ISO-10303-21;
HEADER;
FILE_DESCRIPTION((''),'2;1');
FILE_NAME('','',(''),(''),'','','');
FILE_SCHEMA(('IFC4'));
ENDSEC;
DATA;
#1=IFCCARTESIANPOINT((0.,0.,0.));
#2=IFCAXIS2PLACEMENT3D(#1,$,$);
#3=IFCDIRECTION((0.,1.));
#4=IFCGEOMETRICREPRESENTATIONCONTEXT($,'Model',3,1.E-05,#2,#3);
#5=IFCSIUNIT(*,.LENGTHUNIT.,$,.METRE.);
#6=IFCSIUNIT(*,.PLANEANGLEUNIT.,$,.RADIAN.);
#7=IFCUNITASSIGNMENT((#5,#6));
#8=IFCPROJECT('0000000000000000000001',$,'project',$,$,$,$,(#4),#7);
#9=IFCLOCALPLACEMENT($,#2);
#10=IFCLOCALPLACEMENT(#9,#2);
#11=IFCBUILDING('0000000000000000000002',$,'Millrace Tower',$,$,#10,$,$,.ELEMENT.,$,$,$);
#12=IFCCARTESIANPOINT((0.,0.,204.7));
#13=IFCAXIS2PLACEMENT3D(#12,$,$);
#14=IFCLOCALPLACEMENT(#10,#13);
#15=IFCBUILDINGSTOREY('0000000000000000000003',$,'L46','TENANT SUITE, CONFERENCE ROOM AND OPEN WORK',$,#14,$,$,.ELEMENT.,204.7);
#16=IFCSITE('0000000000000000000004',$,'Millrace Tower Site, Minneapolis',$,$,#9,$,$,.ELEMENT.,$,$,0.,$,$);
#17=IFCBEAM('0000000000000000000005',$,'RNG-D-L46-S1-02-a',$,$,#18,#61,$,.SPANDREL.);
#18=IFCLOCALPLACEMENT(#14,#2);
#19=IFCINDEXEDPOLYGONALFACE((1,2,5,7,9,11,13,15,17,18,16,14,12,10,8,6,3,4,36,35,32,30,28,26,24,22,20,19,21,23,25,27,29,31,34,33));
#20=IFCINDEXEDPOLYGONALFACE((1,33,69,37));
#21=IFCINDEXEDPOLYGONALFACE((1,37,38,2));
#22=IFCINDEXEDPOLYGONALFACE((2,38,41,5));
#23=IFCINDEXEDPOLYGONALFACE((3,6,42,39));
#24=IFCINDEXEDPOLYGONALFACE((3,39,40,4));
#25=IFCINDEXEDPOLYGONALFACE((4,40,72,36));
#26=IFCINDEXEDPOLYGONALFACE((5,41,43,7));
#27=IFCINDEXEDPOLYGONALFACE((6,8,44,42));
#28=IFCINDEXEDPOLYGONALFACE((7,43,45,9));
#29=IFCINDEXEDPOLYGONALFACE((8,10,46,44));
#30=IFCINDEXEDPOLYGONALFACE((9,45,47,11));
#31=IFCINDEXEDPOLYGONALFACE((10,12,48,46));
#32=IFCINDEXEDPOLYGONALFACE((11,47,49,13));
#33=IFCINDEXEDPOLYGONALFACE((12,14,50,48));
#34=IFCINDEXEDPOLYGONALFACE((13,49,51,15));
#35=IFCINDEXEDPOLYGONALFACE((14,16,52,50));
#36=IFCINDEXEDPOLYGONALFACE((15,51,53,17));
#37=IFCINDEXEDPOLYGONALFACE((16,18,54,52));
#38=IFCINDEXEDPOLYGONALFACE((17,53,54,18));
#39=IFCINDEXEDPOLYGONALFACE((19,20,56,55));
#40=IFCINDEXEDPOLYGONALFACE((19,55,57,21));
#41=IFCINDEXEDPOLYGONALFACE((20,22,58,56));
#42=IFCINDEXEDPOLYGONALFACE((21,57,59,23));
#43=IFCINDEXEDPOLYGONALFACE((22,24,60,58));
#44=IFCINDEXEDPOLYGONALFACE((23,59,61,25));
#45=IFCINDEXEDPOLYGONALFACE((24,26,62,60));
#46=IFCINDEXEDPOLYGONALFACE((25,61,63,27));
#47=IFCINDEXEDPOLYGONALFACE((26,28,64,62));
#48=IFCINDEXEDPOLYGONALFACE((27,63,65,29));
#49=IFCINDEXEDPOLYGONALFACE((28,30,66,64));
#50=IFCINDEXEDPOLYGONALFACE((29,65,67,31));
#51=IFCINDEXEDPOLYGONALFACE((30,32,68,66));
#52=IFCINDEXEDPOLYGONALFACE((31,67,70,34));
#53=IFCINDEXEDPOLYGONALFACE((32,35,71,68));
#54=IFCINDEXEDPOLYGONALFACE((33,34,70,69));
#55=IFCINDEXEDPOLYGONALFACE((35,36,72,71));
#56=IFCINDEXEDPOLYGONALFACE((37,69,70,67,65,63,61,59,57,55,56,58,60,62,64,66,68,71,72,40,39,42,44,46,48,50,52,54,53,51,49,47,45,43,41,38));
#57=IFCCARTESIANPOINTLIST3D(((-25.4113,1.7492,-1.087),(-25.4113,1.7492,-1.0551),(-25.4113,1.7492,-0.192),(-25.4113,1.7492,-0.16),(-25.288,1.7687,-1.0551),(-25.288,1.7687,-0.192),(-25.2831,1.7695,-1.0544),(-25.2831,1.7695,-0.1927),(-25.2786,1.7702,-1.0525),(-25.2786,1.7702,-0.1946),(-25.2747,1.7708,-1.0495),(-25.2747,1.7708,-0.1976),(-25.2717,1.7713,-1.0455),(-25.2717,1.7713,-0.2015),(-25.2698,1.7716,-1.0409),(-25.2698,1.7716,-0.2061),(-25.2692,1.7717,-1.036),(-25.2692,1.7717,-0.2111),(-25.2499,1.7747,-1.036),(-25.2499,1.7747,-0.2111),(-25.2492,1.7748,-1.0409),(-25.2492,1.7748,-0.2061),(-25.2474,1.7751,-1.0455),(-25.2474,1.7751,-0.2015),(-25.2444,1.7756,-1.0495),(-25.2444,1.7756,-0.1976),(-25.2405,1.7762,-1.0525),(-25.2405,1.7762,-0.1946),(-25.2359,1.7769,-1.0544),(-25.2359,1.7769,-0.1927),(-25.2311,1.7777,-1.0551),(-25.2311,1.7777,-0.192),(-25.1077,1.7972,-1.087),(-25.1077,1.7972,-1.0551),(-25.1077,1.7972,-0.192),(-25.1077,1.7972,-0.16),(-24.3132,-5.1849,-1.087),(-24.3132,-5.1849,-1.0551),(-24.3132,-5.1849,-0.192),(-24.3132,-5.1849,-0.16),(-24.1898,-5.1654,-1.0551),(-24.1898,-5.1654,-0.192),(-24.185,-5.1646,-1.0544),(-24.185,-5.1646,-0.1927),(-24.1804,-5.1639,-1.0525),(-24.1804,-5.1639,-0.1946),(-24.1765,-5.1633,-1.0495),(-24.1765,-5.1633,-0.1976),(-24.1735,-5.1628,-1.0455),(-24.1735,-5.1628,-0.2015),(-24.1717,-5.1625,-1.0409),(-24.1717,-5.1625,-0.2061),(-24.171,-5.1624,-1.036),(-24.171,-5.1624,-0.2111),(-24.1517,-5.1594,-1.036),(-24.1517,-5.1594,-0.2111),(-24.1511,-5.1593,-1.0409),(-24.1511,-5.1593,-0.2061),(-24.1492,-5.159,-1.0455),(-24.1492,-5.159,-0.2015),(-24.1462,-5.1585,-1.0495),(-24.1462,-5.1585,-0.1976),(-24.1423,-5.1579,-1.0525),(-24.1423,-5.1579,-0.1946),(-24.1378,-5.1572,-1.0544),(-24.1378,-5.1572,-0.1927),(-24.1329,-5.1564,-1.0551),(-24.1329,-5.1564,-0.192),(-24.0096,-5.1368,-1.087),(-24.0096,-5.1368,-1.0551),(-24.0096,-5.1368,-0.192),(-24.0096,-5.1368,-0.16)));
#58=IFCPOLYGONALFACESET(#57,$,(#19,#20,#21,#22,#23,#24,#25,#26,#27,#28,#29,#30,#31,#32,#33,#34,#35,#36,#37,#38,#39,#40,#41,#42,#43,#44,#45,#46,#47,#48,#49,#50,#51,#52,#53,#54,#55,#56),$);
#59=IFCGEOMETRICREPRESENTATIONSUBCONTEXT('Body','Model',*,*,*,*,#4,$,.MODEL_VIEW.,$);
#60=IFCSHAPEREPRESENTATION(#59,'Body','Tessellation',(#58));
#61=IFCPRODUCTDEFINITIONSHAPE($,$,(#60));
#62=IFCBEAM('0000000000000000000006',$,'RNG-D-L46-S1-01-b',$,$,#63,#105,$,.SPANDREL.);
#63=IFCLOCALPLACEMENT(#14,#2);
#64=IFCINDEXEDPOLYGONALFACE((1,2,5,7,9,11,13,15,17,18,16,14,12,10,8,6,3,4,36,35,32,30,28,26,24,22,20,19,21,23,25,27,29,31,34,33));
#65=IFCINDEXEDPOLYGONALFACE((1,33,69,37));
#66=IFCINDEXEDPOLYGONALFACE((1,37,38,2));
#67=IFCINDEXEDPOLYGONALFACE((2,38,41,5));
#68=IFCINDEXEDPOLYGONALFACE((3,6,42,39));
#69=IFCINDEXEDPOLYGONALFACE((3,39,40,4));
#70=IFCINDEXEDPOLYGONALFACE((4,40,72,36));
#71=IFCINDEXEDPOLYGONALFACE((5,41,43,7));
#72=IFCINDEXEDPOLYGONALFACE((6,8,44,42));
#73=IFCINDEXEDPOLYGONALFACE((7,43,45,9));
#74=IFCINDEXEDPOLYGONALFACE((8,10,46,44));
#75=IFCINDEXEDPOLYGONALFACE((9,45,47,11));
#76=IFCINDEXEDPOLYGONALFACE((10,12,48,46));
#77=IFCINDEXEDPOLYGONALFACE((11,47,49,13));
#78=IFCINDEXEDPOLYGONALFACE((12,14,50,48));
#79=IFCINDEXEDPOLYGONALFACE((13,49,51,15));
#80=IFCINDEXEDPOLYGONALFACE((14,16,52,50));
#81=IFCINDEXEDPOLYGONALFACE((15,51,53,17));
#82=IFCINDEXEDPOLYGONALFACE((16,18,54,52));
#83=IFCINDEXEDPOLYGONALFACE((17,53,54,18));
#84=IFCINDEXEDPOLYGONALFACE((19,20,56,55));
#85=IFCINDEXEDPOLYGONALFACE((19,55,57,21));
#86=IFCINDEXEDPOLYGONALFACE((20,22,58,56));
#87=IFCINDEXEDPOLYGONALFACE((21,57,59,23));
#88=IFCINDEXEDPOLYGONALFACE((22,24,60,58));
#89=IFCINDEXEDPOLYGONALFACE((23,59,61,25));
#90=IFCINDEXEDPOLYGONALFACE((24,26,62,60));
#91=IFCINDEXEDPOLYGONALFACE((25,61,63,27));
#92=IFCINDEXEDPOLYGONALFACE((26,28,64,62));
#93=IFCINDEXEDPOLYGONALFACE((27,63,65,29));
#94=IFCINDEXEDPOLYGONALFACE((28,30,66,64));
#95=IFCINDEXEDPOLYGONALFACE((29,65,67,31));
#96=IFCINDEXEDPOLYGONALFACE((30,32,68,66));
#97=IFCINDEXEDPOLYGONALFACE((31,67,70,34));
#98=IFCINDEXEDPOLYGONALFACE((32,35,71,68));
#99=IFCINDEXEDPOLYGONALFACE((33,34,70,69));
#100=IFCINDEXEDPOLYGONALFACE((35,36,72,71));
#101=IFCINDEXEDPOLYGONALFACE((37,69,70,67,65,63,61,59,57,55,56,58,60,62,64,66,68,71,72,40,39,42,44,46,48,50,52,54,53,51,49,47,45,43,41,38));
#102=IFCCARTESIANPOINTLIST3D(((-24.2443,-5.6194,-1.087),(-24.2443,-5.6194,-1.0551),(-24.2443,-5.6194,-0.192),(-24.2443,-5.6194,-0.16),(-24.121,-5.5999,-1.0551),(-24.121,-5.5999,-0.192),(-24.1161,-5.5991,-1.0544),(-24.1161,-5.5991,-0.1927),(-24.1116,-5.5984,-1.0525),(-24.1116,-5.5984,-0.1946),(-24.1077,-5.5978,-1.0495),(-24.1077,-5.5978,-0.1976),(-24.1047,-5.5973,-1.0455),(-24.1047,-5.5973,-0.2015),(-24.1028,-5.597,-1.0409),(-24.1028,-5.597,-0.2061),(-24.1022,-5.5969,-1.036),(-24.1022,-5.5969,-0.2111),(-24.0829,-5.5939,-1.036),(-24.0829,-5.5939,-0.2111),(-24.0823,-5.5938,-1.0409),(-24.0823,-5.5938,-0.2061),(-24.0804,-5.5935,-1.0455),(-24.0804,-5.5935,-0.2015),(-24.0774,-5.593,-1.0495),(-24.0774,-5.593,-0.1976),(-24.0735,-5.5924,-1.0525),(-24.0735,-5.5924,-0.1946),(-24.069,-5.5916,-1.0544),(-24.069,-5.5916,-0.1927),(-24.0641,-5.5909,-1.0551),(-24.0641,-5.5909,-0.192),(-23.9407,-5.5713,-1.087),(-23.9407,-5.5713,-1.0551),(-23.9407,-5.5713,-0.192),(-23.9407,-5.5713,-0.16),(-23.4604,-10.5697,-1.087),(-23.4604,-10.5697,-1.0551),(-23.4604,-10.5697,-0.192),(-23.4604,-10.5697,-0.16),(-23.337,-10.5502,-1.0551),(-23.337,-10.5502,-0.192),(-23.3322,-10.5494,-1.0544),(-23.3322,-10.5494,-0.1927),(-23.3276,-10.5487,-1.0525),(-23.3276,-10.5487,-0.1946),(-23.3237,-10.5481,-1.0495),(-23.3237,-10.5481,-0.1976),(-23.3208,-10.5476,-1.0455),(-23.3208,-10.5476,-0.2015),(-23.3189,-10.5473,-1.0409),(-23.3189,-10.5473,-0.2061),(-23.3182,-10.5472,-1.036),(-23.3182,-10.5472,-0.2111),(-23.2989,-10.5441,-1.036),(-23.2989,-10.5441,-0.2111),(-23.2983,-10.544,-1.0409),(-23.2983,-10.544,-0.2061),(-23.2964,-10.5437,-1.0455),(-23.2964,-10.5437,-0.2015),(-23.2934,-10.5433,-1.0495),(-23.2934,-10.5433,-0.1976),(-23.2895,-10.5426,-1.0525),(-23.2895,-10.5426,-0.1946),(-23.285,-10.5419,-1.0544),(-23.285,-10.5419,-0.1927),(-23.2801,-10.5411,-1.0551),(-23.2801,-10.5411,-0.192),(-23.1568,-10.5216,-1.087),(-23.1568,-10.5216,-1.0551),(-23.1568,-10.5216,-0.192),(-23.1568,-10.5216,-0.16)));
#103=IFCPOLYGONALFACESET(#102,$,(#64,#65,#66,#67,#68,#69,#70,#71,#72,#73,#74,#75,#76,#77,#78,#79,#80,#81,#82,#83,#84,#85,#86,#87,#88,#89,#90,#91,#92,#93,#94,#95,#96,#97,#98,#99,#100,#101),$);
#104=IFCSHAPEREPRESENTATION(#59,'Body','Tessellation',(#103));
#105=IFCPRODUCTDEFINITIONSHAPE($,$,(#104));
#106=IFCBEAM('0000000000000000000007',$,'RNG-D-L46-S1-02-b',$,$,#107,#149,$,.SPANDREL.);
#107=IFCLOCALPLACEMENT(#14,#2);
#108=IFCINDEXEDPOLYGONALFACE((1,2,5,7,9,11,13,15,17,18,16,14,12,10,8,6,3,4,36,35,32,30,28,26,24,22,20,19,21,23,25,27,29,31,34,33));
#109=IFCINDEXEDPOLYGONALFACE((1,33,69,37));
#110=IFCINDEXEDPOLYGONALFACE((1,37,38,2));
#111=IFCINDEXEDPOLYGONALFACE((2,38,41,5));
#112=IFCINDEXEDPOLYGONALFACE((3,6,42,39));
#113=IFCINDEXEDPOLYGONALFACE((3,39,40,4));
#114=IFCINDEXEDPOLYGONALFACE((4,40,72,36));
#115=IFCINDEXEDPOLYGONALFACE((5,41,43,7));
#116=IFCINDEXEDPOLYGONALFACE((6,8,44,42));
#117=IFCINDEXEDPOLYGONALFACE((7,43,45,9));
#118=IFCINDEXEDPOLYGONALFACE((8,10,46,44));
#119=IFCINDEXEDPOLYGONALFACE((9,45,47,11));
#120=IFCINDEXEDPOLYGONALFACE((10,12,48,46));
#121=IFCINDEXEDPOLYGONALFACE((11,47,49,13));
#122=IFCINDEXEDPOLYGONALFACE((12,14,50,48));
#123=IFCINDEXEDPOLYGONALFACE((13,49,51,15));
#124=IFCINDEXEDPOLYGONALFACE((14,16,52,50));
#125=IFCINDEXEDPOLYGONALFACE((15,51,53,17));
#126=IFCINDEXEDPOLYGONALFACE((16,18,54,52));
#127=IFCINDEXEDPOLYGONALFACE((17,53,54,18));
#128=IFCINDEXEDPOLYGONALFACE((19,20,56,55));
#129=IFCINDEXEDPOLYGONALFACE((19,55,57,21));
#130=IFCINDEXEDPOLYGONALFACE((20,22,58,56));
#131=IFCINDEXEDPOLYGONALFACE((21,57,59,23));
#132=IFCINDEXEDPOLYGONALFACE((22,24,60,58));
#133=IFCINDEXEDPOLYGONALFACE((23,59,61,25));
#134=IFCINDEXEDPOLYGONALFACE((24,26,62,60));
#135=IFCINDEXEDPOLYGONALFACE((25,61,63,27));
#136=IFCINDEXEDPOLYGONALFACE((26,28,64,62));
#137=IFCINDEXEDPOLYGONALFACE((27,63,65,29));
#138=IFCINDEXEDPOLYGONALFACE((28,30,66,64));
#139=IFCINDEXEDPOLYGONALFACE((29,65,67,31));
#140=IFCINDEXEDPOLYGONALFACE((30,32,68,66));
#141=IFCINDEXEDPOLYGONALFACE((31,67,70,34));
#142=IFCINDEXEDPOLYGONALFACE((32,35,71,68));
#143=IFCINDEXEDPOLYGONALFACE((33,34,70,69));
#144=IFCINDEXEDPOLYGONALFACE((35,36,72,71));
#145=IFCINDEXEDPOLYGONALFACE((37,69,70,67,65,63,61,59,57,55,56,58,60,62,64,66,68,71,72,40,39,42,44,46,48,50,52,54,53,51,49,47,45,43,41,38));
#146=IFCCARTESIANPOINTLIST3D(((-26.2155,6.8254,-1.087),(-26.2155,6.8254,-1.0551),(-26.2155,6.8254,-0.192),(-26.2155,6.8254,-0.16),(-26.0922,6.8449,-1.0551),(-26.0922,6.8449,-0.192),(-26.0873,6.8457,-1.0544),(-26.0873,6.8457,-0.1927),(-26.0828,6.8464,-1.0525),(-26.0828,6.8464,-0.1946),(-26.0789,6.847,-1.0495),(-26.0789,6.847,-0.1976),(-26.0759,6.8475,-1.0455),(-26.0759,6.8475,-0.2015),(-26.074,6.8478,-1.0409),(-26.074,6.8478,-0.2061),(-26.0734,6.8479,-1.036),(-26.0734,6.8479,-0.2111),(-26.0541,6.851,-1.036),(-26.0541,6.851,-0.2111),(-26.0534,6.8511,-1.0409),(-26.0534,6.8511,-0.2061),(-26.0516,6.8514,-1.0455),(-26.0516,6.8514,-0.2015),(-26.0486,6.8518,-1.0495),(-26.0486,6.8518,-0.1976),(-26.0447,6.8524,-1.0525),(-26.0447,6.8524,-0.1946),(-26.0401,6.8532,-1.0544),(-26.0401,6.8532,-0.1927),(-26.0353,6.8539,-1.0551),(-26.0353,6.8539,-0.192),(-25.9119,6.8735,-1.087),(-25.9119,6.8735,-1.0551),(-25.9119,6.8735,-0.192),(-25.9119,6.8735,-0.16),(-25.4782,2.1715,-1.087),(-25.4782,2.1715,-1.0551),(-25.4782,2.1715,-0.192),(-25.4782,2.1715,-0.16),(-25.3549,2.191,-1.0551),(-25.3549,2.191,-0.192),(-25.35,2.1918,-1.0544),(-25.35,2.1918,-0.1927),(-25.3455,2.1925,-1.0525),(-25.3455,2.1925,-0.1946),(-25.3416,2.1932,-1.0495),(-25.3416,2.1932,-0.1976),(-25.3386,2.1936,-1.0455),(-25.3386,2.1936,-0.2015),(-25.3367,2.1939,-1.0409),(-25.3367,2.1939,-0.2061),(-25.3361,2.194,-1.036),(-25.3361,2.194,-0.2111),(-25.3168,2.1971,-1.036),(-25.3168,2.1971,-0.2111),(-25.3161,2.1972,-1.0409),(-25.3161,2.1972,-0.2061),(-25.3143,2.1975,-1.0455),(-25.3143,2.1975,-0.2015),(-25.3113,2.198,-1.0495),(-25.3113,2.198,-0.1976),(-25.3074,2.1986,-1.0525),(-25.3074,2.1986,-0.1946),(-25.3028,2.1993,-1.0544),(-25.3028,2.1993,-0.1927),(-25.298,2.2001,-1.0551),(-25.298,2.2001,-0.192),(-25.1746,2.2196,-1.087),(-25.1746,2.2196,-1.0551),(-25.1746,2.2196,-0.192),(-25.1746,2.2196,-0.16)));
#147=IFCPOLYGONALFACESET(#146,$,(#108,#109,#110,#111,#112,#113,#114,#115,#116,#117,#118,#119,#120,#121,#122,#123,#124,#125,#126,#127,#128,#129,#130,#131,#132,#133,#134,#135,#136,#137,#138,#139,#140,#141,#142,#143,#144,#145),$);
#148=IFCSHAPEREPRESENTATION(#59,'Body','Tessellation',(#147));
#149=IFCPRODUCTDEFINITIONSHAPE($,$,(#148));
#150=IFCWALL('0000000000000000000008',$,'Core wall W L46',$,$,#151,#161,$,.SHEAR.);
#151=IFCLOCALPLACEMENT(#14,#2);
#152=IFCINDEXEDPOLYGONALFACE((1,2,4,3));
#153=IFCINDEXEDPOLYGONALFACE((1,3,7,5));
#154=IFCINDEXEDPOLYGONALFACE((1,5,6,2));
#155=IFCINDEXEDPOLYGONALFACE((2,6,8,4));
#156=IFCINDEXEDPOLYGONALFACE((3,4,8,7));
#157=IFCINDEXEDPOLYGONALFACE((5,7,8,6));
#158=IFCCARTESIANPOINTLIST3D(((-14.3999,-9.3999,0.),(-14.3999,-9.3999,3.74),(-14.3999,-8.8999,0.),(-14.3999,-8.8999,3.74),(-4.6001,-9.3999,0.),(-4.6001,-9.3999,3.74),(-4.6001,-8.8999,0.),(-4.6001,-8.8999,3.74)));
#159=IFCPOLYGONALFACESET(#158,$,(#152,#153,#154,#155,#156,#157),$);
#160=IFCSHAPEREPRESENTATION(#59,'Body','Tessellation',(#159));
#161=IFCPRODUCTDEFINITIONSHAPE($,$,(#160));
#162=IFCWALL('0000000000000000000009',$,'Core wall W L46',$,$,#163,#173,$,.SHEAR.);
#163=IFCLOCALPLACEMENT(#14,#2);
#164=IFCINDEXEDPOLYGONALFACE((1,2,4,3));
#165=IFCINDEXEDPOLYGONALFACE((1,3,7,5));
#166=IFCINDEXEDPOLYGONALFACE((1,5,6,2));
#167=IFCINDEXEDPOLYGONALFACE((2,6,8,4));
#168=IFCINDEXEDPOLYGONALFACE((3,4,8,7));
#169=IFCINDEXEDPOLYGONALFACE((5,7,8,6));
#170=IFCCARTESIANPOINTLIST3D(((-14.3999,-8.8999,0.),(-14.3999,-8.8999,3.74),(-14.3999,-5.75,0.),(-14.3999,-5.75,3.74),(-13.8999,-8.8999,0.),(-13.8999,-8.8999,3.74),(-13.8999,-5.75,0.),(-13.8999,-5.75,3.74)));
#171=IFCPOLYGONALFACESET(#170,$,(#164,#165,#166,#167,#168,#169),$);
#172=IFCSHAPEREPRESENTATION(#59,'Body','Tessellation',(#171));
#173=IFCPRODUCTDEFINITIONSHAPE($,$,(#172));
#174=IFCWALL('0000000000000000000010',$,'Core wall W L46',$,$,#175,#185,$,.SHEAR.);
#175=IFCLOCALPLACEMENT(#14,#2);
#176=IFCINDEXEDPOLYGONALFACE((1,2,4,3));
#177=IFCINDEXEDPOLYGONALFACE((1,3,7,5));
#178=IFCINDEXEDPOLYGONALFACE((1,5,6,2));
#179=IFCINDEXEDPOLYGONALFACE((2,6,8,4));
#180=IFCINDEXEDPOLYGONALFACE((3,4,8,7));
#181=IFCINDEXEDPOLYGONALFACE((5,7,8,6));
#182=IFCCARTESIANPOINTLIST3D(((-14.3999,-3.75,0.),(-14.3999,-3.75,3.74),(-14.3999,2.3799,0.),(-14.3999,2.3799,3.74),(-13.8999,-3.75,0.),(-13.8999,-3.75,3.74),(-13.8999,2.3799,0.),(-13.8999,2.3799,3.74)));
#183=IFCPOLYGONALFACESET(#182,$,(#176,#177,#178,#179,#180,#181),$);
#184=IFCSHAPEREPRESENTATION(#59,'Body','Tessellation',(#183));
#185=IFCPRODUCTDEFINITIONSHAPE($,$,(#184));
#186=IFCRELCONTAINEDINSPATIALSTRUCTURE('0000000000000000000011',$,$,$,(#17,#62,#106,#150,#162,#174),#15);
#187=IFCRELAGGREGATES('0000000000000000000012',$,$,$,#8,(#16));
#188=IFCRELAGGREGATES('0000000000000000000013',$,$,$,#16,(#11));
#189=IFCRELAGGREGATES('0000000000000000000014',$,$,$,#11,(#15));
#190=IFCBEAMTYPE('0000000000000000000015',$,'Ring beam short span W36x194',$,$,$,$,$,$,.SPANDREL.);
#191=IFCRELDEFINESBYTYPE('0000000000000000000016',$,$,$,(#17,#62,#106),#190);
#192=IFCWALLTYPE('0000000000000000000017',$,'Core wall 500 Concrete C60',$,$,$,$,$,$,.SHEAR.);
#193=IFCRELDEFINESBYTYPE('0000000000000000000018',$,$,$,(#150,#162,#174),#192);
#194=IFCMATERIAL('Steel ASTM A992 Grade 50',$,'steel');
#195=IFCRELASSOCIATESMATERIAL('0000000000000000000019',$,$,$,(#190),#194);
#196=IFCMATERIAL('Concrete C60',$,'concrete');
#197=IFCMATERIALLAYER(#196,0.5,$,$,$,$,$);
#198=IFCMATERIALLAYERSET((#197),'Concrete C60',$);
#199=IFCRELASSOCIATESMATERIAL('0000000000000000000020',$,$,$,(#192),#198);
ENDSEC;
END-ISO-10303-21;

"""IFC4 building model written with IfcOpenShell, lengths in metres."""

from ifc_helpers import new_model, si_unit, direction, frame, frame_2d, origin, origin_2d, place, context, subcontext, project, spatial, rectangle, i_section, extrude, material, layer, layer_set, material_profile, profile_set, type_object, element, save


model = new_model("IFC4")

# Units and contexts
model_context = context("Model", 3, precision=1e-05, world=origin(), true_north=direction((0.0, 1.0)))
body_context = subcontext(model_context, "Body", "Model", "MODEL_VIEW")
ifc_project = project(units=[si_unit("LENGTHUNIT", "METRE"), si_unit("PLANEANGLEUNIT", "RADIAN")], contexts=[model_context])

# Site, building, storey
site_placement = place(None, origin())
site = spatial("IfcSite", under=ifc_project, at=site_placement, Name="Millrace Tower Site, Minneapolis", CompositionType="ELEMENT", RefElevation=0.0)
building_placement = place(site_placement, origin())
building = spatial("IfcBuilding", under=site, at=building_placement, Name="Millrace Tower", CompositionType="ELEMENT")
storey_placement = place(building_placement, frame((0.0, 0.0, 204.7)))
storey = spatial("IfcBuildingStorey", under=building, at=storey_placement, Name="L46", Description="TENANT SUITE, CONFERENCE ROOM AND OPEN WORK", CompositionType="ELEMENT", Elevation=204.7)

# Beams
ifc_material_1 = material(Name="Steel ASTM A992 Grade 50", Category="steel")
ifc_material_profile_1 = material_profile(ifc_material_1, i_section(OverallWidth=0.3074, OverallDepth=0.927, WebThickness=0.0195, FlangeThickness=0.032, FilletRadius=0.019, at=origin_2d()))
ifc_profile_set_1 = profile_set([ifc_material_profile_1], Name="Steel ASTM A992 Grade 50")
beam_type_1 = type_object("IfcBeamType", Name="Ring beam short span W36x194", PredefinedType="SPANDREL", material=ifc_profile_set_1)
beam_1_placement = place(storey_placement, frame((-24.1614, -5.1609, -0.6235), z_axis=(-0.15642, 0.987691, 0.0), x_axis=(-0.987691, -0.15642, 0.0)))
element("IfcBeam", 1, at=beam_1_placement, inside=storey, type_object=beam_type_1, Name="RNG-D-L46-S1-02-a", PredefinedType="SPANDREL", context=body_context, shape_type="SweptSolid", body=[
    extrude(i_section(OverallWidth=0.3074, OverallDepth=0.927, WebThickness=0.0195, FlangeThickness=0.032, FilletRadius=0.019, at=origin_2d()), origin(), (0.0, 0.0, 1.0), 7.0205),
])
beam_2_placement = place(storey_placement, frame((-23.3086, -10.5457, -0.6235), z_axis=(-0.156415, 0.987691, 0.0), x_axis=(-0.987691, -0.156415, 0.0)))
element("IfcBeam", 2, at=beam_2_placement, inside=storey, type_object=beam_type_1, Name="RNG-D-L46-S1-01-b", PredefinedType="SPANDREL", context=body_context, shape_type="SweptSolid", body=[
    extrude(i_section(OverallWidth=0.3074, OverallDepth=0.927, WebThickness=0.0195, FlangeThickness=0.032, FilletRadius=0.019, at=origin_2d()), origin(), (0.0, 0.0, 1.0), 5.012),
])
beam_3_placement = place(storey_placement, frame((-25.3264, 2.1956, -0.6235), z_axis=(-0.156479, 0.987681, 0.0), x_axis=(-0.987681, -0.156479, 0.0)))
element("IfcBeam", 3, at=beam_3_placement, inside=storey, type_object=beam_type_1, Name="RNG-D-L46-S1-02-b", PredefinedType="SPANDREL", context=body_context, shape_type="SweptSolid", body=[
    extrude(i_section(OverallWidth=0.3074, OverallDepth=0.927, WebThickness=0.0195, FlangeThickness=0.032, FilletRadius=0.019, at=origin_2d()), origin(), (0.0, 0.0, 1.0), 4.7119),
])

# Walls
ifc_material_2 = material(Name="Concrete C60", Category="concrete")
ifc_layer_1 = layer(ifc_material_2, 0.5)
ifc_layer_set_1 = layer_set([ifc_layer_1], Name="Concrete C60")
wall_type_1 = type_object("IfcWallType", Name="Core wall 500 Concrete C60", PredefinedType="SHEAR", material=ifc_layer_set_1)
wall_1_placement = place(storey_placement, frame((-14.3999, -9.1499, 0.0), z_axis=(0.0, 0.0, 1.0), x_axis=(1.0, 0.0, 0.0)))
element("IfcWall", 4, at=wall_1_placement, inside=storey, type_object=wall_type_1, Name="Core wall W L46", PredefinedType="SHEAR", context=body_context, shape_type="SweptSolid", body=[
    extrude(rectangle(XDim=9.7998, YDim=0.5, at=frame_2d((4.8999, 0.0))), origin(), (0.0, 0.0, 1.0), 3.74),
])
wall_2_placement = place(storey_placement, frame((-14.1499, -8.8999, 0.0), z_axis=(0.0, 0.0, 1.0), x_axis=(0.0, 1.0, 0.0)))
element("IfcWall", 5, at=wall_2_placement, inside=storey, type_object=wall_type_1, Name="Core wall W L46", PredefinedType="SHEAR", context=body_context, shape_type="SweptSolid", body=[
    extrude(rectangle(XDim=3.1499, YDim=0.5, at=frame_2d((1.575, 0.0))), origin(), (0.0, 0.0, 1.0), 3.74),
])
wall_3_placement = place(storey_placement, frame((-14.1499, -3.75, 0.0), z_axis=(0.0, 0.0, 1.0), x_axis=(0.0, 1.0, 0.0)))
element("IfcWall", 6, at=wall_3_placement, inside=storey, type_object=wall_type_1, Name="Core wall W L46", PredefinedType="SHEAR", context=body_context, shape_type="SweptSolid", body=[
    extrude(rectangle(XDim=6.1299, YDim=0.5, at=frame_2d((3.0649, 0.0))), origin(), (0.0, 0.0, 1.0), 3.74),
])

save(model, "model.ifc")
